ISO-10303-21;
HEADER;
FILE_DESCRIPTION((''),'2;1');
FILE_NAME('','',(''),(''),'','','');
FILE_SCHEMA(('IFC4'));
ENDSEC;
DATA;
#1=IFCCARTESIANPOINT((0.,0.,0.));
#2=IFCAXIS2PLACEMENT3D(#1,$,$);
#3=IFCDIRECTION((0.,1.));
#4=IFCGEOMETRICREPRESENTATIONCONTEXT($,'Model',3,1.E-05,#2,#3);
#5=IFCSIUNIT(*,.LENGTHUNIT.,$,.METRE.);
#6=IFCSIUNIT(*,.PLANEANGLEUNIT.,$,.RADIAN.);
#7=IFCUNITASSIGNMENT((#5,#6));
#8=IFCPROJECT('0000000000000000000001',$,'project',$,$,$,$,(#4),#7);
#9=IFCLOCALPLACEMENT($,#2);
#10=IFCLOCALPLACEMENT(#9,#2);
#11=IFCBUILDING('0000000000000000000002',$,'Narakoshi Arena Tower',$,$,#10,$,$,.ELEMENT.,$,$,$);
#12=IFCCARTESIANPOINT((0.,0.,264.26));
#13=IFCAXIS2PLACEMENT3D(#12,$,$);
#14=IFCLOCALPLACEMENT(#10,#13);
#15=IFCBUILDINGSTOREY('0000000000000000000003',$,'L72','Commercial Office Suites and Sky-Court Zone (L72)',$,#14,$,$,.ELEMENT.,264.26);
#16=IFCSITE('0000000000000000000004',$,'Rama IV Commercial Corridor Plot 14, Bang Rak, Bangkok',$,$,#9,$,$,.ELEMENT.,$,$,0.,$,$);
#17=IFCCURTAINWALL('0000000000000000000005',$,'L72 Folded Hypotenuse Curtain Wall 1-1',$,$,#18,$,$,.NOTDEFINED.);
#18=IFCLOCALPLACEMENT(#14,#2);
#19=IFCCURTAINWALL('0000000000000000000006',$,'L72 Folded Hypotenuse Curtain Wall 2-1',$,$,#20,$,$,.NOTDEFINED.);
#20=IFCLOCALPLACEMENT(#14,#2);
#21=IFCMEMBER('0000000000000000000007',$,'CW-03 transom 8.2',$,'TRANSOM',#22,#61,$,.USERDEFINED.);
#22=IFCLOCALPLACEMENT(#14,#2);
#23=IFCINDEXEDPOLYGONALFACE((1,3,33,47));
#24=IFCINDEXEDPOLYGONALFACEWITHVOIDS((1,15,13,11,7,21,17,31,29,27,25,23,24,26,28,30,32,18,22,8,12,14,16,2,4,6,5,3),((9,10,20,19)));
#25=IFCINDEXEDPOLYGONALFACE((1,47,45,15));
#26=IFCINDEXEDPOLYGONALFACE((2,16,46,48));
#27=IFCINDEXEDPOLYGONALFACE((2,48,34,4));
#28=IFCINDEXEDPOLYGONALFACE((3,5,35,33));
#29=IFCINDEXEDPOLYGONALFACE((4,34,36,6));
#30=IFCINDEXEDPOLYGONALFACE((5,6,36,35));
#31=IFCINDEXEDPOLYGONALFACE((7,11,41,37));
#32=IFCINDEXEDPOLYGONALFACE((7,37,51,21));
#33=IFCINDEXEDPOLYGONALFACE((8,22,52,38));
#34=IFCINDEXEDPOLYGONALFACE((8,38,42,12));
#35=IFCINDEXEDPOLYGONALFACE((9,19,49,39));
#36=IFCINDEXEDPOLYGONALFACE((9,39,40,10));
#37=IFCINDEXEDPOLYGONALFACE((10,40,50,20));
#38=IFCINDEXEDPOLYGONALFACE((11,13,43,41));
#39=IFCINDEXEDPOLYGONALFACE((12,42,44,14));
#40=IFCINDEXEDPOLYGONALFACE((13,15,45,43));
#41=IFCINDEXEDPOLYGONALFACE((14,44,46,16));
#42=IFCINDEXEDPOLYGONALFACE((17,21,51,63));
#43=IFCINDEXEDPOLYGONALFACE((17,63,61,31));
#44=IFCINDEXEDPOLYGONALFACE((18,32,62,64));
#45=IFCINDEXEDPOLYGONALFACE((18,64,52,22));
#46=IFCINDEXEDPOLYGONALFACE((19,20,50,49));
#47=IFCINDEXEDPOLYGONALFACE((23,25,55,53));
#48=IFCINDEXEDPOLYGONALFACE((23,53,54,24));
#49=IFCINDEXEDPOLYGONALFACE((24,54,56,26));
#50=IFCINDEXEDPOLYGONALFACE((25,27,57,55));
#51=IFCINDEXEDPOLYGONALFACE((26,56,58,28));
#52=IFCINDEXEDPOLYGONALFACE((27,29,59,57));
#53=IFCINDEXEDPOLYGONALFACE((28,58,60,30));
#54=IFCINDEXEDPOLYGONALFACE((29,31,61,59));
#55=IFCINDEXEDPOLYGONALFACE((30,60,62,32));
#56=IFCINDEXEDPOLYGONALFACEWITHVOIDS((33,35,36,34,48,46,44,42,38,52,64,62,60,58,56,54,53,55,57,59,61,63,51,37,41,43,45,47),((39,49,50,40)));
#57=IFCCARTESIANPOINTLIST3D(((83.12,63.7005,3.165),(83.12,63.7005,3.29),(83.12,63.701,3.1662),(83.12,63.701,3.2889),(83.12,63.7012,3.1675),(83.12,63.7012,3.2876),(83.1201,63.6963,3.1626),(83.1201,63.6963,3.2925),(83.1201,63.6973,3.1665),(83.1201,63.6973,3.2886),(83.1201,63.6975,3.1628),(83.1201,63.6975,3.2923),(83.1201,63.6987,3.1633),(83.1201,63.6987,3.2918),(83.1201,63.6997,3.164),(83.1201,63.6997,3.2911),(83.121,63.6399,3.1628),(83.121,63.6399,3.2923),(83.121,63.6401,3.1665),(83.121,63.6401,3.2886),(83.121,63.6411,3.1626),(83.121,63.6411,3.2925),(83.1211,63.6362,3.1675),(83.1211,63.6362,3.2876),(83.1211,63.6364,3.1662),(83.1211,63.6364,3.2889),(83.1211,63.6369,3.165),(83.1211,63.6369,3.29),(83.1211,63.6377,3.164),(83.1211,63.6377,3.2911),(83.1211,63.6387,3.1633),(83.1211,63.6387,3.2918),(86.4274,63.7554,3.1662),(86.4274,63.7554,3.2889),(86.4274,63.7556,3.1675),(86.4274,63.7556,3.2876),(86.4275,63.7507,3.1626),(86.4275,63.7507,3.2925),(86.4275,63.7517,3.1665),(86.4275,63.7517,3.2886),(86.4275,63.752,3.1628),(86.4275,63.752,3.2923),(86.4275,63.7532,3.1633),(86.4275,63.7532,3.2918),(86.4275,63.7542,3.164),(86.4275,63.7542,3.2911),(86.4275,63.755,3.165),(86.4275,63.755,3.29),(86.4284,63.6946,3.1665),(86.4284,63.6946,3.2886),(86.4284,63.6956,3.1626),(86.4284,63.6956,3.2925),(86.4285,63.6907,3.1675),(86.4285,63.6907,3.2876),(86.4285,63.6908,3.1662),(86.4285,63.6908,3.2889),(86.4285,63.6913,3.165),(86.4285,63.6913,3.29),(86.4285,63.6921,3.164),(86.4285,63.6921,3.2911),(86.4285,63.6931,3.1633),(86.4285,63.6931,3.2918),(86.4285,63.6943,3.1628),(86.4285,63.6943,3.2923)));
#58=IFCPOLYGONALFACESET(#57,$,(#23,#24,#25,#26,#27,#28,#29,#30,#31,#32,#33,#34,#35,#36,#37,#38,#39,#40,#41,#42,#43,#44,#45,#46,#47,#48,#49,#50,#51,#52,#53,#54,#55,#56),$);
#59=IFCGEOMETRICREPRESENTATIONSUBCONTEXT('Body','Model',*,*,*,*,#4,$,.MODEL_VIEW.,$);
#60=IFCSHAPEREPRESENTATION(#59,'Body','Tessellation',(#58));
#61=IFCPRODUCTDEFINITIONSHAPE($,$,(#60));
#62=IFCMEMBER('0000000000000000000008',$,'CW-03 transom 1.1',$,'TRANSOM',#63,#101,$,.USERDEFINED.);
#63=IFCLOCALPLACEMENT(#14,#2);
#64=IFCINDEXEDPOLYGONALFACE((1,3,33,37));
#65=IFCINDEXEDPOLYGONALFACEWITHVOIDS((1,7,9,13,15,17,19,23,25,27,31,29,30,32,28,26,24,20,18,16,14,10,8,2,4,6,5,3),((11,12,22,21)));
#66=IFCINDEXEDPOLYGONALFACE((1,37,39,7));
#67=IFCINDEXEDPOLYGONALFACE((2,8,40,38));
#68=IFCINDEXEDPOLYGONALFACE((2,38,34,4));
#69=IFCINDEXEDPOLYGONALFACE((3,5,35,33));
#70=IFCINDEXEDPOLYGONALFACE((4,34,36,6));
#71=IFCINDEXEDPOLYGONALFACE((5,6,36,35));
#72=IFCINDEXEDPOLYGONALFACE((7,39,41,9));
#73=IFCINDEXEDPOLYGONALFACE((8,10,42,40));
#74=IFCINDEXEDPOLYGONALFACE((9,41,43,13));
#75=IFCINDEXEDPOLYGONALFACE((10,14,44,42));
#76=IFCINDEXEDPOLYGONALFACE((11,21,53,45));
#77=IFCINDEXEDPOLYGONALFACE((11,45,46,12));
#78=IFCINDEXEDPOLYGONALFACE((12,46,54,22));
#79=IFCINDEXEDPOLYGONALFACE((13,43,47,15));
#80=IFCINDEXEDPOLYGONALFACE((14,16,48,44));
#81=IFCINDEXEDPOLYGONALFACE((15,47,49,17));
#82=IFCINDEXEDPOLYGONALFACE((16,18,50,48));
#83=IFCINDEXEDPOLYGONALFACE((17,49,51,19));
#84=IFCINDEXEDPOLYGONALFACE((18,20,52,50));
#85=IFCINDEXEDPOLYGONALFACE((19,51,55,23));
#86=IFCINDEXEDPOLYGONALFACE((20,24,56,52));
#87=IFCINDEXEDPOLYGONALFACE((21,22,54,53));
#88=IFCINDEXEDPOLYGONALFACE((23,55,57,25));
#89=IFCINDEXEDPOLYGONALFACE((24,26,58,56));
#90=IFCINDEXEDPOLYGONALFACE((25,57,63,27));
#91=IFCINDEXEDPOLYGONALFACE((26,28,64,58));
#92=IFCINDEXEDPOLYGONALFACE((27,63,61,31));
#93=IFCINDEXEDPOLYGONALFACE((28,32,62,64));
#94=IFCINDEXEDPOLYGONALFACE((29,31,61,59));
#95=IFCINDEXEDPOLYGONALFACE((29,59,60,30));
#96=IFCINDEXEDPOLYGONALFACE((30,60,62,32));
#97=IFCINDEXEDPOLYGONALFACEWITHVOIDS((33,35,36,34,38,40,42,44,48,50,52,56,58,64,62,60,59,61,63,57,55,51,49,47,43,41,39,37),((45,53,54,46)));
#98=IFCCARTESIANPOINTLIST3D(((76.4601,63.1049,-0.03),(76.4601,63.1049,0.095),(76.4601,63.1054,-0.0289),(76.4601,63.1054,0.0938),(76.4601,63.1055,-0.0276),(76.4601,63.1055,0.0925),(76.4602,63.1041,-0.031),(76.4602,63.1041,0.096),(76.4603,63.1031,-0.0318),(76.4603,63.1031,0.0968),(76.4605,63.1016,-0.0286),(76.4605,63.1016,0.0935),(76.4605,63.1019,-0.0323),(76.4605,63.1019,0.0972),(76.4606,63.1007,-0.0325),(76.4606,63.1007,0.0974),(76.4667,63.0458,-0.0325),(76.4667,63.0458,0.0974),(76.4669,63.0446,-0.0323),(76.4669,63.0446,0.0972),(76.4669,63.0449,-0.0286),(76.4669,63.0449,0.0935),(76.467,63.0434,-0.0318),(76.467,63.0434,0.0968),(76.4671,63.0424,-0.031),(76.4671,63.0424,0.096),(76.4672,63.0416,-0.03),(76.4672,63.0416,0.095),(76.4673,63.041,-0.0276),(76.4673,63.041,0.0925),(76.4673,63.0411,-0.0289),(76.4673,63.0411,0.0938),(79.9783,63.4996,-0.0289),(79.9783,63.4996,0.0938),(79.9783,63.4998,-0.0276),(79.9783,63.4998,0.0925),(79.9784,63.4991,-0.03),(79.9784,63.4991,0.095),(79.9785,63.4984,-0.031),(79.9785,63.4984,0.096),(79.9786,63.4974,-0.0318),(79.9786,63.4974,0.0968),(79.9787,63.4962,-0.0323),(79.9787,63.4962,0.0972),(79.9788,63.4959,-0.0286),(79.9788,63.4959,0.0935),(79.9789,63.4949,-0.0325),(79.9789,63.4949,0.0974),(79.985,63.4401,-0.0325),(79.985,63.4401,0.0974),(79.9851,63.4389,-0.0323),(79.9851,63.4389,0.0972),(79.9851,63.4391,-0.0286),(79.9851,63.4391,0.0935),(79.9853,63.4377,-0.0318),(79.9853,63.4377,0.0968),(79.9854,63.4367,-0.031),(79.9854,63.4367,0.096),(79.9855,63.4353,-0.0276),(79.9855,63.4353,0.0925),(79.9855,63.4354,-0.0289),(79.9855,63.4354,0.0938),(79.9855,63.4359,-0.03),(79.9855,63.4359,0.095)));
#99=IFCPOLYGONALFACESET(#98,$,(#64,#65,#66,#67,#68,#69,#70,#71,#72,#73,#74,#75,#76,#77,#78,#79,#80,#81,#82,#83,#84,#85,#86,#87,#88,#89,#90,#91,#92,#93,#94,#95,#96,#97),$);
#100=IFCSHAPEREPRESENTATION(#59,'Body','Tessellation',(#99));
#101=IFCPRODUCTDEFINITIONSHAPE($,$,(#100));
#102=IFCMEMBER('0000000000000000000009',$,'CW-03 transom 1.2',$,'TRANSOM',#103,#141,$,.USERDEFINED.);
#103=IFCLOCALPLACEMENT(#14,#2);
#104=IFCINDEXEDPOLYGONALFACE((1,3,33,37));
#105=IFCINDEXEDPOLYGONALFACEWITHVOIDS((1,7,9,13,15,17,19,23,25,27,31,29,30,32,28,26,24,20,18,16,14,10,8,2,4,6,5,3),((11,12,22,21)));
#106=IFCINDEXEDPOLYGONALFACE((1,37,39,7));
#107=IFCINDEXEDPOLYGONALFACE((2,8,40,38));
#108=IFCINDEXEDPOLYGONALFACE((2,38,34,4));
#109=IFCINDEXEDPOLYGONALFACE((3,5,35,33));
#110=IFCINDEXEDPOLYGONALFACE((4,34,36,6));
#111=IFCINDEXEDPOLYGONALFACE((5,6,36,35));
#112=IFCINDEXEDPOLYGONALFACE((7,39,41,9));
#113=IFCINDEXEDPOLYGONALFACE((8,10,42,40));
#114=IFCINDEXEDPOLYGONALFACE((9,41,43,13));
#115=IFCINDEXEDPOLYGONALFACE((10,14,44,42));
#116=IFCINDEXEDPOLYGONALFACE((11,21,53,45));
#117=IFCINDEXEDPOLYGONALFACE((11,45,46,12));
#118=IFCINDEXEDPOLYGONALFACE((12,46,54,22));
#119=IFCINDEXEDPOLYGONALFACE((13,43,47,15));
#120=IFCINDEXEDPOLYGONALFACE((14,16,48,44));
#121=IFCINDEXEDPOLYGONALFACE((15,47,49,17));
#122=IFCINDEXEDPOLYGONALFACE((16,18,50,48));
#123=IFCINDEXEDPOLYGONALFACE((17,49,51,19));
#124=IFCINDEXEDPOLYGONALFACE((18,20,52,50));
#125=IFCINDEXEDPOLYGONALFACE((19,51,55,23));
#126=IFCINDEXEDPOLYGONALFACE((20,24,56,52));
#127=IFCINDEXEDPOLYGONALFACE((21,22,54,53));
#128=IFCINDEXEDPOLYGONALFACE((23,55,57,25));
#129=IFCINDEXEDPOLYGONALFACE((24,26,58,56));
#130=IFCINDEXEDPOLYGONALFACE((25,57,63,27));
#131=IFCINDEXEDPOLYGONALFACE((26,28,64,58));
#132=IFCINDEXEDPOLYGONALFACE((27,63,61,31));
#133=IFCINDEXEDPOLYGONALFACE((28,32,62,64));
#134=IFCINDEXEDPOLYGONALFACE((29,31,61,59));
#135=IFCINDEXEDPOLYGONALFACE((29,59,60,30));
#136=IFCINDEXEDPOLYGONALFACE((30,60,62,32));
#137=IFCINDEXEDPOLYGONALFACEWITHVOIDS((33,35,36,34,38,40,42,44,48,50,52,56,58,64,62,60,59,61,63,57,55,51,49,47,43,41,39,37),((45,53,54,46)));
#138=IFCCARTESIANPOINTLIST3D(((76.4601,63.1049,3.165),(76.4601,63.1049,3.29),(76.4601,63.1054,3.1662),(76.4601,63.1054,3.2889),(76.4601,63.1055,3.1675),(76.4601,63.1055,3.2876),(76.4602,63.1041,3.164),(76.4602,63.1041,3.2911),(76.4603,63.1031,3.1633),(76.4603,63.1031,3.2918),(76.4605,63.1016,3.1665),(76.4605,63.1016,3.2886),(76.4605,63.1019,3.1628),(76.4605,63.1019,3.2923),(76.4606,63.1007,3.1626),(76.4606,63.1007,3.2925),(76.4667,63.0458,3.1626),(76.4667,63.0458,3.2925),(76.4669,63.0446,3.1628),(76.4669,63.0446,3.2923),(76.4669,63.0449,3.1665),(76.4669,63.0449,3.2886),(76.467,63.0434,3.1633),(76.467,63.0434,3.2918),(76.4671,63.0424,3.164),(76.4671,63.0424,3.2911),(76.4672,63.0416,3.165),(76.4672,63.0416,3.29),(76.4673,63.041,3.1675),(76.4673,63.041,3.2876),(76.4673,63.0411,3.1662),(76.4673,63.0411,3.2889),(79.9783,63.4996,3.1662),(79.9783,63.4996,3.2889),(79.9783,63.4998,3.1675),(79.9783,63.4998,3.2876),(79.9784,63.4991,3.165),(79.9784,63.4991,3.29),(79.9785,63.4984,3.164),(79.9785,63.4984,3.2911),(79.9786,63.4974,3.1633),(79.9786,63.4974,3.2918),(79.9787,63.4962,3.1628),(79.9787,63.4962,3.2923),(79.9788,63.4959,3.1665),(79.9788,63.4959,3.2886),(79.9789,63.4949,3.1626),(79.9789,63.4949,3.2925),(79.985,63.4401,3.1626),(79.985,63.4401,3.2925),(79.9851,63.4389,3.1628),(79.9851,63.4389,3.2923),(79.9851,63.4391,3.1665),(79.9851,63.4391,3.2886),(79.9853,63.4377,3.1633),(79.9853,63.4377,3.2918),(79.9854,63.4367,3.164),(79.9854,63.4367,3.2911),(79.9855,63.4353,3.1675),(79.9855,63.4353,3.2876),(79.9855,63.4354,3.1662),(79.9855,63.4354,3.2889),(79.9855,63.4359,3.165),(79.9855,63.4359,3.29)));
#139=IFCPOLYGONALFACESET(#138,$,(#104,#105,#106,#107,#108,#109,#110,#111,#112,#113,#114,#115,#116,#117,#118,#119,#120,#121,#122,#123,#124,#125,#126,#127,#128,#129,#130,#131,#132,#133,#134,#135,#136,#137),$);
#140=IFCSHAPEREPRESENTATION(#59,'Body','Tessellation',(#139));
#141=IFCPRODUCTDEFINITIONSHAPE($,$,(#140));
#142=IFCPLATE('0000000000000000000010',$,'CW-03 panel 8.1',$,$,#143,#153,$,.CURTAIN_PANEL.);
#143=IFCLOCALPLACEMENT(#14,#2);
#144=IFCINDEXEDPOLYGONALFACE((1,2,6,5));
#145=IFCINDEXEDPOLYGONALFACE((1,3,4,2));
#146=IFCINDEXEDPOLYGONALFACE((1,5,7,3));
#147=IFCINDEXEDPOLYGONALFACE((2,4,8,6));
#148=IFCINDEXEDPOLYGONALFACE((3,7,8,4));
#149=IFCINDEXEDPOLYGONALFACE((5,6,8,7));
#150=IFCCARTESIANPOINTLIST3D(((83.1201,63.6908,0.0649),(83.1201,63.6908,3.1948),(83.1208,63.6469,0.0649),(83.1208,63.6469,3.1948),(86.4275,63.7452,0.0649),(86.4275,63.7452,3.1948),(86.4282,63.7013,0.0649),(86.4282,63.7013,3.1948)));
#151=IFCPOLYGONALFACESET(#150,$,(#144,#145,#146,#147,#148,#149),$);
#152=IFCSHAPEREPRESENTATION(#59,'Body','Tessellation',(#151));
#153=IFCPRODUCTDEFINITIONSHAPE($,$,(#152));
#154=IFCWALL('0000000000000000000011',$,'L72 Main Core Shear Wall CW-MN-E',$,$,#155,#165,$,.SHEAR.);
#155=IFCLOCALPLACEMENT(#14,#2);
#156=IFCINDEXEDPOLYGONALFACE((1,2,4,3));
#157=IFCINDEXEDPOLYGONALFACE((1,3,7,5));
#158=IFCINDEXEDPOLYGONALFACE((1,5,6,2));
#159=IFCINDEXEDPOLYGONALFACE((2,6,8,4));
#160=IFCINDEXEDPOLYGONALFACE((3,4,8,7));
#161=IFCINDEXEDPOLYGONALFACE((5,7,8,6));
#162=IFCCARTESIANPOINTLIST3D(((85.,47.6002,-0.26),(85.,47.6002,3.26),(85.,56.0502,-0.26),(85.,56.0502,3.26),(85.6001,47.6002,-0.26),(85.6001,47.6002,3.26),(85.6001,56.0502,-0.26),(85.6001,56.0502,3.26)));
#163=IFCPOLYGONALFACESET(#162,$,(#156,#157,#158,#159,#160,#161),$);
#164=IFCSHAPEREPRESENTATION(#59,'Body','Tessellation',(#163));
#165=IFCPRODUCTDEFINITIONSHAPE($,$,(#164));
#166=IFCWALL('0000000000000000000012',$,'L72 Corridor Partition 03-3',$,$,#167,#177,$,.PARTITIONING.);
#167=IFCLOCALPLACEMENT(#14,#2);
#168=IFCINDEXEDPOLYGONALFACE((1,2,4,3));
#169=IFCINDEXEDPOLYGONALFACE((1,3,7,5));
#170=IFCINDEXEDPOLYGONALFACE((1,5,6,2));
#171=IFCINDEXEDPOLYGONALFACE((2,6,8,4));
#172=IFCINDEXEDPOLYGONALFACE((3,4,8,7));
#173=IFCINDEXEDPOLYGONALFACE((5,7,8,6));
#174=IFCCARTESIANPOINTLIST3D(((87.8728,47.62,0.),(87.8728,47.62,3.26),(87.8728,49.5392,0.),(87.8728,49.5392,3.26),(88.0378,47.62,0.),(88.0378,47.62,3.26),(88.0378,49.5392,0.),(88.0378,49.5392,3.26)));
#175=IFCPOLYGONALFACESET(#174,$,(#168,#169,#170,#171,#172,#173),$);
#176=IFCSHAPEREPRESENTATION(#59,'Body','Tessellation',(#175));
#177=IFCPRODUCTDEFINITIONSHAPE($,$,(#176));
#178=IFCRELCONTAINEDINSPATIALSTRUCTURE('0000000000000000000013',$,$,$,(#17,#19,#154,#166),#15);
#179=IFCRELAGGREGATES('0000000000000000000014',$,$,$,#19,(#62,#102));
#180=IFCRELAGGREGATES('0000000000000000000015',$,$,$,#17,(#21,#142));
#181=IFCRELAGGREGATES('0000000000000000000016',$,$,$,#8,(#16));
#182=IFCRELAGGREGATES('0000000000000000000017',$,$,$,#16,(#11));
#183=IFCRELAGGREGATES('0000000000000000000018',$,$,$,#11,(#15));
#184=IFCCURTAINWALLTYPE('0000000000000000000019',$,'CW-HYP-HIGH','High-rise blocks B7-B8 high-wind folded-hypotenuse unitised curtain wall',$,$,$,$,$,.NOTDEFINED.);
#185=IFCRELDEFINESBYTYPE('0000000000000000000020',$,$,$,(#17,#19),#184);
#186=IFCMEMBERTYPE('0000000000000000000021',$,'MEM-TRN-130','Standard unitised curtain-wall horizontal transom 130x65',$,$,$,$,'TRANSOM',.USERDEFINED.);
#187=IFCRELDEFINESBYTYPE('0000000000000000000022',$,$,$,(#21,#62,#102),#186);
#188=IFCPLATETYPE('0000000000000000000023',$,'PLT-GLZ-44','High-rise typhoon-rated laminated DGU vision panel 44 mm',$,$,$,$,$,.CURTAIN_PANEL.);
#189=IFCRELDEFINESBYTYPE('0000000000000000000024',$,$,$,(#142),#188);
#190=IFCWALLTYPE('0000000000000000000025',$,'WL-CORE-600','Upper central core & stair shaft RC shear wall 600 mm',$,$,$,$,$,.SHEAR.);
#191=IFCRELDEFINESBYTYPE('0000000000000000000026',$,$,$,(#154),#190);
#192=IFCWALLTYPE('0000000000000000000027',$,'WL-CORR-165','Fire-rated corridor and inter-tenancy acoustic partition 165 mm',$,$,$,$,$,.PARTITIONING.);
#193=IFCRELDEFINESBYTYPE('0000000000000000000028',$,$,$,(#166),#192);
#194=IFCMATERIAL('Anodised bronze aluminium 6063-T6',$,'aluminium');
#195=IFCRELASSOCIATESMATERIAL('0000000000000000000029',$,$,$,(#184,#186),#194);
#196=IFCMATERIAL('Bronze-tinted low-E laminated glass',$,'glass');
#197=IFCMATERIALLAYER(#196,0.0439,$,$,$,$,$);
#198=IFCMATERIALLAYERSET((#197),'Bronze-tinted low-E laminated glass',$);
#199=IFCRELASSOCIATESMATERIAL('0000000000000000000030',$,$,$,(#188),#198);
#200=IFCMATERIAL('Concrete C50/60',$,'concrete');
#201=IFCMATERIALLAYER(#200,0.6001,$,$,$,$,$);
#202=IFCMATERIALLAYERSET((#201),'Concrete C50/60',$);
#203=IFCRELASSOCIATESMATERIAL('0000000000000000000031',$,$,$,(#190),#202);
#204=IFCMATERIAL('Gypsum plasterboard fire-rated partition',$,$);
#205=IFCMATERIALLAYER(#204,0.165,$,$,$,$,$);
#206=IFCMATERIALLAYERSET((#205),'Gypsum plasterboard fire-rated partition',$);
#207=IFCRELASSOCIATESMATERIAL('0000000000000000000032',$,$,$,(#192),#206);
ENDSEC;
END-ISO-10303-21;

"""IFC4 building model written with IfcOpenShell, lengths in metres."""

from ifc_helpers import new_model, si_unit, direction, frame, frame_2d, origin, origin_2d, place, context, subcontext, project, spatial, rectangle, hollow_rectangle, extrude, material, layer, layer_set, material_profile, profile_set, type_object, element, aggregate, save


model = new_model("IFC4")

# Units and contexts
model_context = context("Model", 3, precision=1e-05, world=origin(), true_north=direction((0.0, 1.0)))
body_context = subcontext(model_context, "Body", "Model", "MODEL_VIEW")
ifc_project = project(units=[si_unit("LENGTHUNIT", "METRE"), si_unit("PLANEANGLEUNIT", "RADIAN")], contexts=[model_context])

# Site, building, storey
site_placement = place(None, origin())
site = spatial("IfcSite", under=ifc_project, at=site_placement, Name="Rama IV Commercial Corridor Plot 14, Bang Rak, Bangkok", CompositionType="ELEMENT", RefElevation=0.0)
building_placement = place(site_placement, origin())
building = spatial("IfcBuilding", under=site, at=building_placement, Name="Narakoshi Arena Tower", CompositionType="ELEMENT")
storey_placement = place(building_placement, frame((0.0, 0.0, 264.26)))
storey = spatial("IfcBuildingStorey", under=building, at=storey_placement, Name="L72", Description="Commercial Office Suites and Sky-Court Zone (L72)", CompositionType="ELEMENT", Elevation=264.26)

# Shared definitions
ifc_material_1 = material(Name="Concrete C50/60", Category="concrete")

# Curtain wall
ifc_material_2 = material(Name="Anodised bronze aluminium 6063-T6", Category="aluminium")
curtain_wall_type = type_object("IfcCurtainWallType", Name="CW-HYP-HIGH", Description="High-rise blocks B7-B8 high-wind folded-hypotenuse unitised curtain wall", PredefinedType="NOTDEFINED", material=ifc_material_2)
curtain_wall_1_placement = place(storey_placement, origin())
curtain_wall_1 = element("IfcCurtainWall", 1, at=curtain_wall_1_placement, inside=storey, type_object=curtain_wall_type, Name="L72 Folded Hypotenuse Curtain Wall 1-1", PredefinedType="NOTDEFINED")

# Curtain wall
curtain_wall_2_placement = place(storey_placement, origin())
curtain_wall_2 = element("IfcCurtainWall", 2, at=curtain_wall_2_placement, inside=storey, type_object=curtain_wall_type, Name="L72 Folded Hypotenuse Curtain Wall 2-1", PredefinedType="NOTDEFINED")

# Members
ifc_material_profile_1 = material_profile(ifc_material_2, hollow_rectangle(XDim=0.0649, YDim=0.1299, WallThickness=0.0039, OuterFilletRadius=0.0049, at=origin_2d()), Name="TRN130x65x4")
ifc_profile_set_1 = profile_set([ifc_material_profile_1], Name="Anodised bronze aluminium 6063-T6")
member_type_1 = type_object("IfcMemberType", Name="MEM-TRN-130", Description="Standard unitised curtain-wall horizontal transom 130x65", ElementType="TRANSOM", PredefinedType="USERDEFINED", material=ifc_profile_set_1)
member_1_placement = place(storey_placement, frame((86.428, 63.7231, 3.2275), z_axis=(-0.999865, -0.016459, 0.0), x_axis=(0.016459, -0.999865, 0.0)))
member_1 = element("IfcMember", 3, at=member_1_placement, type_object=member_type_1, Name="CW-03 transom 8.2", ObjectType="TRANSOM", PredefinedType="USERDEFINED", context=body_context, shape_type="SweptSolid", body=[
    extrude(hollow_rectangle(XDim=0.0649, YDim=0.1299, WallThickness=0.0039, OuterFilletRadius=0.0049, at=origin_2d()), origin(), (0.0, 0.0, 1.0), 3.3079),
])
member_2_placement = place(storey_placement, frame((79.9819, 63.4675, 0.0325), z_axis=(-0.993779, -0.11137, 0.0), x_axis=(0.11137, -0.993779, 0.0)))
member_2 = element("IfcMember", 4, at=member_2_placement, type_object=member_type_1, Name="CW-03 transom 1.1", ObjectType="TRANSOM", PredefinedType="USERDEFINED", context=body_context, shape_type="SweptSolid", body=[
    extrude(hollow_rectangle(XDim=0.0649, YDim=0.1299, WallThickness=0.0039, OuterFilletRadius=0.0049, at=origin_2d()), origin(), (0.0, 0.0, 1.0), 3.5403),
])
member_3_placement = place(storey_placement, frame((79.9819, 63.4675, 3.2275), z_axis=(-0.993779, -0.11137, 0.0), x_axis=(0.11137, -0.993779, 0.0)))
member_3 = element("IfcMember", 5, at=member_3_placement, type_object=member_type_1, Name="CW-03 transom 1.2", ObjectType="TRANSOM", PredefinedType="USERDEFINED", context=body_context, shape_type="SweptSolid", body=[
    extrude(hollow_rectangle(XDim=0.0649, YDim=0.1299, WallThickness=0.0039, OuterFilletRadius=0.0049, at=origin_2d()), origin(), (0.0, 0.0, 1.0), 3.5403),
])
aggregate(curtain_wall_2, [member_2, member_3])

# Plate
ifc_material_3 = material(Name="Bronze-tinted low-E laminated glass", Category="glass")
ifc_layer_1 = layer(ifc_material_3, 0.0439)
ifc_layer_set_1 = layer_set([ifc_layer_1], Name="Bronze-tinted low-E laminated glass")
plate_type = type_object("IfcPlateType", Name="PLT-GLZ-44", Description="High-rise typhoon-rated laminated DGU vision panel 44 mm", PredefinedType="CURTAIN_PANEL", material=ifc_layer_set_1)
plate_placement = place(storey_placement, frame((84.7742, 63.696, 0.0649), z_axis=(0.0, 0.0, 1.0), x_axis=(-0.999865, -0.016443, 0.0)))
plate = element("IfcPlate", 6, at=plate_placement, type_object=plate_type, Name="CW-03 panel 8.1", PredefinedType="CURTAIN_PANEL", context=body_context, shape_type="SweptSolid", body=[
    extrude(rectangle(XDim=3.3079, YDim=0.0439, at=origin_2d()), origin(), (0.0, 0.0, 1.0), 3.1299),
])
aggregate(curtain_wall_1, [member_1, plate])

# Walls
ifc_layer_2 = layer(ifc_material_1, 0.6001)
ifc_layer_set_2 = layer_set([ifc_layer_2], Name="Concrete C50/60")
wall_type_1 = type_object("IfcWallType", Name="WL-CORE-600", Description="Upper central core & stair shaft RC shear wall 600 mm", PredefinedType="SHEAR", material=ifc_layer_set_2)
wall_1_placement = place(storey_placement, frame((85.3, 47.6001, -0.26), z_axis=(0.0, 0.0, 1.0), x_axis=(0.0, 1.0, 0.0)))
element("IfcWall", 7, at=wall_1_placement, inside=storey, type_object=wall_type_1, Name="L72 Main Core Shear Wall CW-MN-E", PredefinedType="SHEAR", context=body_context, shape_type="SweptSolid", body=[
    extrude(rectangle(XDim=8.45, YDim=0.6001, at=frame_2d((4.2251, 0.0))), origin(), (0.0, 0.0, 1.0), 3.52),
])
ifc_material_4 = material(Name="Gypsum plasterboard fire-rated partition")
ifc_layer_3 = layer(ifc_material_4, 0.165)
ifc_layer_set_3 = layer_set([ifc_layer_3], Name="Gypsum plasterboard fire-rated partition")
wall_type_2 = type_object("IfcWallType", Name="WL-CORR-165", Description="Fire-rated corridor and inter-tenancy acoustic partition 165 mm", PredefinedType="PARTITIONING", material=ifc_layer_set_3)
wall_2_placement = place(storey_placement, frame((87.9553, 47.6201, 0.0), z_axis=(0.0, 0.0, 1.0), x_axis=(0.0, 1.0, 0.0)))
element("IfcWall", 8, at=wall_2_placement, inside=storey, type_object=wall_type_2, Name="L72 Corridor Partition 03-3", PredefinedType="PARTITIONING", context=body_context, shape_type="SweptSolid", body=[
    extrude(rectangle(XDim=1.9192, YDim=0.165, at=frame_2d((0.9595, 0.0))), origin(), (0.0, 0.0, 1.0), 3.26),
])

save(model, "model.ifc")
